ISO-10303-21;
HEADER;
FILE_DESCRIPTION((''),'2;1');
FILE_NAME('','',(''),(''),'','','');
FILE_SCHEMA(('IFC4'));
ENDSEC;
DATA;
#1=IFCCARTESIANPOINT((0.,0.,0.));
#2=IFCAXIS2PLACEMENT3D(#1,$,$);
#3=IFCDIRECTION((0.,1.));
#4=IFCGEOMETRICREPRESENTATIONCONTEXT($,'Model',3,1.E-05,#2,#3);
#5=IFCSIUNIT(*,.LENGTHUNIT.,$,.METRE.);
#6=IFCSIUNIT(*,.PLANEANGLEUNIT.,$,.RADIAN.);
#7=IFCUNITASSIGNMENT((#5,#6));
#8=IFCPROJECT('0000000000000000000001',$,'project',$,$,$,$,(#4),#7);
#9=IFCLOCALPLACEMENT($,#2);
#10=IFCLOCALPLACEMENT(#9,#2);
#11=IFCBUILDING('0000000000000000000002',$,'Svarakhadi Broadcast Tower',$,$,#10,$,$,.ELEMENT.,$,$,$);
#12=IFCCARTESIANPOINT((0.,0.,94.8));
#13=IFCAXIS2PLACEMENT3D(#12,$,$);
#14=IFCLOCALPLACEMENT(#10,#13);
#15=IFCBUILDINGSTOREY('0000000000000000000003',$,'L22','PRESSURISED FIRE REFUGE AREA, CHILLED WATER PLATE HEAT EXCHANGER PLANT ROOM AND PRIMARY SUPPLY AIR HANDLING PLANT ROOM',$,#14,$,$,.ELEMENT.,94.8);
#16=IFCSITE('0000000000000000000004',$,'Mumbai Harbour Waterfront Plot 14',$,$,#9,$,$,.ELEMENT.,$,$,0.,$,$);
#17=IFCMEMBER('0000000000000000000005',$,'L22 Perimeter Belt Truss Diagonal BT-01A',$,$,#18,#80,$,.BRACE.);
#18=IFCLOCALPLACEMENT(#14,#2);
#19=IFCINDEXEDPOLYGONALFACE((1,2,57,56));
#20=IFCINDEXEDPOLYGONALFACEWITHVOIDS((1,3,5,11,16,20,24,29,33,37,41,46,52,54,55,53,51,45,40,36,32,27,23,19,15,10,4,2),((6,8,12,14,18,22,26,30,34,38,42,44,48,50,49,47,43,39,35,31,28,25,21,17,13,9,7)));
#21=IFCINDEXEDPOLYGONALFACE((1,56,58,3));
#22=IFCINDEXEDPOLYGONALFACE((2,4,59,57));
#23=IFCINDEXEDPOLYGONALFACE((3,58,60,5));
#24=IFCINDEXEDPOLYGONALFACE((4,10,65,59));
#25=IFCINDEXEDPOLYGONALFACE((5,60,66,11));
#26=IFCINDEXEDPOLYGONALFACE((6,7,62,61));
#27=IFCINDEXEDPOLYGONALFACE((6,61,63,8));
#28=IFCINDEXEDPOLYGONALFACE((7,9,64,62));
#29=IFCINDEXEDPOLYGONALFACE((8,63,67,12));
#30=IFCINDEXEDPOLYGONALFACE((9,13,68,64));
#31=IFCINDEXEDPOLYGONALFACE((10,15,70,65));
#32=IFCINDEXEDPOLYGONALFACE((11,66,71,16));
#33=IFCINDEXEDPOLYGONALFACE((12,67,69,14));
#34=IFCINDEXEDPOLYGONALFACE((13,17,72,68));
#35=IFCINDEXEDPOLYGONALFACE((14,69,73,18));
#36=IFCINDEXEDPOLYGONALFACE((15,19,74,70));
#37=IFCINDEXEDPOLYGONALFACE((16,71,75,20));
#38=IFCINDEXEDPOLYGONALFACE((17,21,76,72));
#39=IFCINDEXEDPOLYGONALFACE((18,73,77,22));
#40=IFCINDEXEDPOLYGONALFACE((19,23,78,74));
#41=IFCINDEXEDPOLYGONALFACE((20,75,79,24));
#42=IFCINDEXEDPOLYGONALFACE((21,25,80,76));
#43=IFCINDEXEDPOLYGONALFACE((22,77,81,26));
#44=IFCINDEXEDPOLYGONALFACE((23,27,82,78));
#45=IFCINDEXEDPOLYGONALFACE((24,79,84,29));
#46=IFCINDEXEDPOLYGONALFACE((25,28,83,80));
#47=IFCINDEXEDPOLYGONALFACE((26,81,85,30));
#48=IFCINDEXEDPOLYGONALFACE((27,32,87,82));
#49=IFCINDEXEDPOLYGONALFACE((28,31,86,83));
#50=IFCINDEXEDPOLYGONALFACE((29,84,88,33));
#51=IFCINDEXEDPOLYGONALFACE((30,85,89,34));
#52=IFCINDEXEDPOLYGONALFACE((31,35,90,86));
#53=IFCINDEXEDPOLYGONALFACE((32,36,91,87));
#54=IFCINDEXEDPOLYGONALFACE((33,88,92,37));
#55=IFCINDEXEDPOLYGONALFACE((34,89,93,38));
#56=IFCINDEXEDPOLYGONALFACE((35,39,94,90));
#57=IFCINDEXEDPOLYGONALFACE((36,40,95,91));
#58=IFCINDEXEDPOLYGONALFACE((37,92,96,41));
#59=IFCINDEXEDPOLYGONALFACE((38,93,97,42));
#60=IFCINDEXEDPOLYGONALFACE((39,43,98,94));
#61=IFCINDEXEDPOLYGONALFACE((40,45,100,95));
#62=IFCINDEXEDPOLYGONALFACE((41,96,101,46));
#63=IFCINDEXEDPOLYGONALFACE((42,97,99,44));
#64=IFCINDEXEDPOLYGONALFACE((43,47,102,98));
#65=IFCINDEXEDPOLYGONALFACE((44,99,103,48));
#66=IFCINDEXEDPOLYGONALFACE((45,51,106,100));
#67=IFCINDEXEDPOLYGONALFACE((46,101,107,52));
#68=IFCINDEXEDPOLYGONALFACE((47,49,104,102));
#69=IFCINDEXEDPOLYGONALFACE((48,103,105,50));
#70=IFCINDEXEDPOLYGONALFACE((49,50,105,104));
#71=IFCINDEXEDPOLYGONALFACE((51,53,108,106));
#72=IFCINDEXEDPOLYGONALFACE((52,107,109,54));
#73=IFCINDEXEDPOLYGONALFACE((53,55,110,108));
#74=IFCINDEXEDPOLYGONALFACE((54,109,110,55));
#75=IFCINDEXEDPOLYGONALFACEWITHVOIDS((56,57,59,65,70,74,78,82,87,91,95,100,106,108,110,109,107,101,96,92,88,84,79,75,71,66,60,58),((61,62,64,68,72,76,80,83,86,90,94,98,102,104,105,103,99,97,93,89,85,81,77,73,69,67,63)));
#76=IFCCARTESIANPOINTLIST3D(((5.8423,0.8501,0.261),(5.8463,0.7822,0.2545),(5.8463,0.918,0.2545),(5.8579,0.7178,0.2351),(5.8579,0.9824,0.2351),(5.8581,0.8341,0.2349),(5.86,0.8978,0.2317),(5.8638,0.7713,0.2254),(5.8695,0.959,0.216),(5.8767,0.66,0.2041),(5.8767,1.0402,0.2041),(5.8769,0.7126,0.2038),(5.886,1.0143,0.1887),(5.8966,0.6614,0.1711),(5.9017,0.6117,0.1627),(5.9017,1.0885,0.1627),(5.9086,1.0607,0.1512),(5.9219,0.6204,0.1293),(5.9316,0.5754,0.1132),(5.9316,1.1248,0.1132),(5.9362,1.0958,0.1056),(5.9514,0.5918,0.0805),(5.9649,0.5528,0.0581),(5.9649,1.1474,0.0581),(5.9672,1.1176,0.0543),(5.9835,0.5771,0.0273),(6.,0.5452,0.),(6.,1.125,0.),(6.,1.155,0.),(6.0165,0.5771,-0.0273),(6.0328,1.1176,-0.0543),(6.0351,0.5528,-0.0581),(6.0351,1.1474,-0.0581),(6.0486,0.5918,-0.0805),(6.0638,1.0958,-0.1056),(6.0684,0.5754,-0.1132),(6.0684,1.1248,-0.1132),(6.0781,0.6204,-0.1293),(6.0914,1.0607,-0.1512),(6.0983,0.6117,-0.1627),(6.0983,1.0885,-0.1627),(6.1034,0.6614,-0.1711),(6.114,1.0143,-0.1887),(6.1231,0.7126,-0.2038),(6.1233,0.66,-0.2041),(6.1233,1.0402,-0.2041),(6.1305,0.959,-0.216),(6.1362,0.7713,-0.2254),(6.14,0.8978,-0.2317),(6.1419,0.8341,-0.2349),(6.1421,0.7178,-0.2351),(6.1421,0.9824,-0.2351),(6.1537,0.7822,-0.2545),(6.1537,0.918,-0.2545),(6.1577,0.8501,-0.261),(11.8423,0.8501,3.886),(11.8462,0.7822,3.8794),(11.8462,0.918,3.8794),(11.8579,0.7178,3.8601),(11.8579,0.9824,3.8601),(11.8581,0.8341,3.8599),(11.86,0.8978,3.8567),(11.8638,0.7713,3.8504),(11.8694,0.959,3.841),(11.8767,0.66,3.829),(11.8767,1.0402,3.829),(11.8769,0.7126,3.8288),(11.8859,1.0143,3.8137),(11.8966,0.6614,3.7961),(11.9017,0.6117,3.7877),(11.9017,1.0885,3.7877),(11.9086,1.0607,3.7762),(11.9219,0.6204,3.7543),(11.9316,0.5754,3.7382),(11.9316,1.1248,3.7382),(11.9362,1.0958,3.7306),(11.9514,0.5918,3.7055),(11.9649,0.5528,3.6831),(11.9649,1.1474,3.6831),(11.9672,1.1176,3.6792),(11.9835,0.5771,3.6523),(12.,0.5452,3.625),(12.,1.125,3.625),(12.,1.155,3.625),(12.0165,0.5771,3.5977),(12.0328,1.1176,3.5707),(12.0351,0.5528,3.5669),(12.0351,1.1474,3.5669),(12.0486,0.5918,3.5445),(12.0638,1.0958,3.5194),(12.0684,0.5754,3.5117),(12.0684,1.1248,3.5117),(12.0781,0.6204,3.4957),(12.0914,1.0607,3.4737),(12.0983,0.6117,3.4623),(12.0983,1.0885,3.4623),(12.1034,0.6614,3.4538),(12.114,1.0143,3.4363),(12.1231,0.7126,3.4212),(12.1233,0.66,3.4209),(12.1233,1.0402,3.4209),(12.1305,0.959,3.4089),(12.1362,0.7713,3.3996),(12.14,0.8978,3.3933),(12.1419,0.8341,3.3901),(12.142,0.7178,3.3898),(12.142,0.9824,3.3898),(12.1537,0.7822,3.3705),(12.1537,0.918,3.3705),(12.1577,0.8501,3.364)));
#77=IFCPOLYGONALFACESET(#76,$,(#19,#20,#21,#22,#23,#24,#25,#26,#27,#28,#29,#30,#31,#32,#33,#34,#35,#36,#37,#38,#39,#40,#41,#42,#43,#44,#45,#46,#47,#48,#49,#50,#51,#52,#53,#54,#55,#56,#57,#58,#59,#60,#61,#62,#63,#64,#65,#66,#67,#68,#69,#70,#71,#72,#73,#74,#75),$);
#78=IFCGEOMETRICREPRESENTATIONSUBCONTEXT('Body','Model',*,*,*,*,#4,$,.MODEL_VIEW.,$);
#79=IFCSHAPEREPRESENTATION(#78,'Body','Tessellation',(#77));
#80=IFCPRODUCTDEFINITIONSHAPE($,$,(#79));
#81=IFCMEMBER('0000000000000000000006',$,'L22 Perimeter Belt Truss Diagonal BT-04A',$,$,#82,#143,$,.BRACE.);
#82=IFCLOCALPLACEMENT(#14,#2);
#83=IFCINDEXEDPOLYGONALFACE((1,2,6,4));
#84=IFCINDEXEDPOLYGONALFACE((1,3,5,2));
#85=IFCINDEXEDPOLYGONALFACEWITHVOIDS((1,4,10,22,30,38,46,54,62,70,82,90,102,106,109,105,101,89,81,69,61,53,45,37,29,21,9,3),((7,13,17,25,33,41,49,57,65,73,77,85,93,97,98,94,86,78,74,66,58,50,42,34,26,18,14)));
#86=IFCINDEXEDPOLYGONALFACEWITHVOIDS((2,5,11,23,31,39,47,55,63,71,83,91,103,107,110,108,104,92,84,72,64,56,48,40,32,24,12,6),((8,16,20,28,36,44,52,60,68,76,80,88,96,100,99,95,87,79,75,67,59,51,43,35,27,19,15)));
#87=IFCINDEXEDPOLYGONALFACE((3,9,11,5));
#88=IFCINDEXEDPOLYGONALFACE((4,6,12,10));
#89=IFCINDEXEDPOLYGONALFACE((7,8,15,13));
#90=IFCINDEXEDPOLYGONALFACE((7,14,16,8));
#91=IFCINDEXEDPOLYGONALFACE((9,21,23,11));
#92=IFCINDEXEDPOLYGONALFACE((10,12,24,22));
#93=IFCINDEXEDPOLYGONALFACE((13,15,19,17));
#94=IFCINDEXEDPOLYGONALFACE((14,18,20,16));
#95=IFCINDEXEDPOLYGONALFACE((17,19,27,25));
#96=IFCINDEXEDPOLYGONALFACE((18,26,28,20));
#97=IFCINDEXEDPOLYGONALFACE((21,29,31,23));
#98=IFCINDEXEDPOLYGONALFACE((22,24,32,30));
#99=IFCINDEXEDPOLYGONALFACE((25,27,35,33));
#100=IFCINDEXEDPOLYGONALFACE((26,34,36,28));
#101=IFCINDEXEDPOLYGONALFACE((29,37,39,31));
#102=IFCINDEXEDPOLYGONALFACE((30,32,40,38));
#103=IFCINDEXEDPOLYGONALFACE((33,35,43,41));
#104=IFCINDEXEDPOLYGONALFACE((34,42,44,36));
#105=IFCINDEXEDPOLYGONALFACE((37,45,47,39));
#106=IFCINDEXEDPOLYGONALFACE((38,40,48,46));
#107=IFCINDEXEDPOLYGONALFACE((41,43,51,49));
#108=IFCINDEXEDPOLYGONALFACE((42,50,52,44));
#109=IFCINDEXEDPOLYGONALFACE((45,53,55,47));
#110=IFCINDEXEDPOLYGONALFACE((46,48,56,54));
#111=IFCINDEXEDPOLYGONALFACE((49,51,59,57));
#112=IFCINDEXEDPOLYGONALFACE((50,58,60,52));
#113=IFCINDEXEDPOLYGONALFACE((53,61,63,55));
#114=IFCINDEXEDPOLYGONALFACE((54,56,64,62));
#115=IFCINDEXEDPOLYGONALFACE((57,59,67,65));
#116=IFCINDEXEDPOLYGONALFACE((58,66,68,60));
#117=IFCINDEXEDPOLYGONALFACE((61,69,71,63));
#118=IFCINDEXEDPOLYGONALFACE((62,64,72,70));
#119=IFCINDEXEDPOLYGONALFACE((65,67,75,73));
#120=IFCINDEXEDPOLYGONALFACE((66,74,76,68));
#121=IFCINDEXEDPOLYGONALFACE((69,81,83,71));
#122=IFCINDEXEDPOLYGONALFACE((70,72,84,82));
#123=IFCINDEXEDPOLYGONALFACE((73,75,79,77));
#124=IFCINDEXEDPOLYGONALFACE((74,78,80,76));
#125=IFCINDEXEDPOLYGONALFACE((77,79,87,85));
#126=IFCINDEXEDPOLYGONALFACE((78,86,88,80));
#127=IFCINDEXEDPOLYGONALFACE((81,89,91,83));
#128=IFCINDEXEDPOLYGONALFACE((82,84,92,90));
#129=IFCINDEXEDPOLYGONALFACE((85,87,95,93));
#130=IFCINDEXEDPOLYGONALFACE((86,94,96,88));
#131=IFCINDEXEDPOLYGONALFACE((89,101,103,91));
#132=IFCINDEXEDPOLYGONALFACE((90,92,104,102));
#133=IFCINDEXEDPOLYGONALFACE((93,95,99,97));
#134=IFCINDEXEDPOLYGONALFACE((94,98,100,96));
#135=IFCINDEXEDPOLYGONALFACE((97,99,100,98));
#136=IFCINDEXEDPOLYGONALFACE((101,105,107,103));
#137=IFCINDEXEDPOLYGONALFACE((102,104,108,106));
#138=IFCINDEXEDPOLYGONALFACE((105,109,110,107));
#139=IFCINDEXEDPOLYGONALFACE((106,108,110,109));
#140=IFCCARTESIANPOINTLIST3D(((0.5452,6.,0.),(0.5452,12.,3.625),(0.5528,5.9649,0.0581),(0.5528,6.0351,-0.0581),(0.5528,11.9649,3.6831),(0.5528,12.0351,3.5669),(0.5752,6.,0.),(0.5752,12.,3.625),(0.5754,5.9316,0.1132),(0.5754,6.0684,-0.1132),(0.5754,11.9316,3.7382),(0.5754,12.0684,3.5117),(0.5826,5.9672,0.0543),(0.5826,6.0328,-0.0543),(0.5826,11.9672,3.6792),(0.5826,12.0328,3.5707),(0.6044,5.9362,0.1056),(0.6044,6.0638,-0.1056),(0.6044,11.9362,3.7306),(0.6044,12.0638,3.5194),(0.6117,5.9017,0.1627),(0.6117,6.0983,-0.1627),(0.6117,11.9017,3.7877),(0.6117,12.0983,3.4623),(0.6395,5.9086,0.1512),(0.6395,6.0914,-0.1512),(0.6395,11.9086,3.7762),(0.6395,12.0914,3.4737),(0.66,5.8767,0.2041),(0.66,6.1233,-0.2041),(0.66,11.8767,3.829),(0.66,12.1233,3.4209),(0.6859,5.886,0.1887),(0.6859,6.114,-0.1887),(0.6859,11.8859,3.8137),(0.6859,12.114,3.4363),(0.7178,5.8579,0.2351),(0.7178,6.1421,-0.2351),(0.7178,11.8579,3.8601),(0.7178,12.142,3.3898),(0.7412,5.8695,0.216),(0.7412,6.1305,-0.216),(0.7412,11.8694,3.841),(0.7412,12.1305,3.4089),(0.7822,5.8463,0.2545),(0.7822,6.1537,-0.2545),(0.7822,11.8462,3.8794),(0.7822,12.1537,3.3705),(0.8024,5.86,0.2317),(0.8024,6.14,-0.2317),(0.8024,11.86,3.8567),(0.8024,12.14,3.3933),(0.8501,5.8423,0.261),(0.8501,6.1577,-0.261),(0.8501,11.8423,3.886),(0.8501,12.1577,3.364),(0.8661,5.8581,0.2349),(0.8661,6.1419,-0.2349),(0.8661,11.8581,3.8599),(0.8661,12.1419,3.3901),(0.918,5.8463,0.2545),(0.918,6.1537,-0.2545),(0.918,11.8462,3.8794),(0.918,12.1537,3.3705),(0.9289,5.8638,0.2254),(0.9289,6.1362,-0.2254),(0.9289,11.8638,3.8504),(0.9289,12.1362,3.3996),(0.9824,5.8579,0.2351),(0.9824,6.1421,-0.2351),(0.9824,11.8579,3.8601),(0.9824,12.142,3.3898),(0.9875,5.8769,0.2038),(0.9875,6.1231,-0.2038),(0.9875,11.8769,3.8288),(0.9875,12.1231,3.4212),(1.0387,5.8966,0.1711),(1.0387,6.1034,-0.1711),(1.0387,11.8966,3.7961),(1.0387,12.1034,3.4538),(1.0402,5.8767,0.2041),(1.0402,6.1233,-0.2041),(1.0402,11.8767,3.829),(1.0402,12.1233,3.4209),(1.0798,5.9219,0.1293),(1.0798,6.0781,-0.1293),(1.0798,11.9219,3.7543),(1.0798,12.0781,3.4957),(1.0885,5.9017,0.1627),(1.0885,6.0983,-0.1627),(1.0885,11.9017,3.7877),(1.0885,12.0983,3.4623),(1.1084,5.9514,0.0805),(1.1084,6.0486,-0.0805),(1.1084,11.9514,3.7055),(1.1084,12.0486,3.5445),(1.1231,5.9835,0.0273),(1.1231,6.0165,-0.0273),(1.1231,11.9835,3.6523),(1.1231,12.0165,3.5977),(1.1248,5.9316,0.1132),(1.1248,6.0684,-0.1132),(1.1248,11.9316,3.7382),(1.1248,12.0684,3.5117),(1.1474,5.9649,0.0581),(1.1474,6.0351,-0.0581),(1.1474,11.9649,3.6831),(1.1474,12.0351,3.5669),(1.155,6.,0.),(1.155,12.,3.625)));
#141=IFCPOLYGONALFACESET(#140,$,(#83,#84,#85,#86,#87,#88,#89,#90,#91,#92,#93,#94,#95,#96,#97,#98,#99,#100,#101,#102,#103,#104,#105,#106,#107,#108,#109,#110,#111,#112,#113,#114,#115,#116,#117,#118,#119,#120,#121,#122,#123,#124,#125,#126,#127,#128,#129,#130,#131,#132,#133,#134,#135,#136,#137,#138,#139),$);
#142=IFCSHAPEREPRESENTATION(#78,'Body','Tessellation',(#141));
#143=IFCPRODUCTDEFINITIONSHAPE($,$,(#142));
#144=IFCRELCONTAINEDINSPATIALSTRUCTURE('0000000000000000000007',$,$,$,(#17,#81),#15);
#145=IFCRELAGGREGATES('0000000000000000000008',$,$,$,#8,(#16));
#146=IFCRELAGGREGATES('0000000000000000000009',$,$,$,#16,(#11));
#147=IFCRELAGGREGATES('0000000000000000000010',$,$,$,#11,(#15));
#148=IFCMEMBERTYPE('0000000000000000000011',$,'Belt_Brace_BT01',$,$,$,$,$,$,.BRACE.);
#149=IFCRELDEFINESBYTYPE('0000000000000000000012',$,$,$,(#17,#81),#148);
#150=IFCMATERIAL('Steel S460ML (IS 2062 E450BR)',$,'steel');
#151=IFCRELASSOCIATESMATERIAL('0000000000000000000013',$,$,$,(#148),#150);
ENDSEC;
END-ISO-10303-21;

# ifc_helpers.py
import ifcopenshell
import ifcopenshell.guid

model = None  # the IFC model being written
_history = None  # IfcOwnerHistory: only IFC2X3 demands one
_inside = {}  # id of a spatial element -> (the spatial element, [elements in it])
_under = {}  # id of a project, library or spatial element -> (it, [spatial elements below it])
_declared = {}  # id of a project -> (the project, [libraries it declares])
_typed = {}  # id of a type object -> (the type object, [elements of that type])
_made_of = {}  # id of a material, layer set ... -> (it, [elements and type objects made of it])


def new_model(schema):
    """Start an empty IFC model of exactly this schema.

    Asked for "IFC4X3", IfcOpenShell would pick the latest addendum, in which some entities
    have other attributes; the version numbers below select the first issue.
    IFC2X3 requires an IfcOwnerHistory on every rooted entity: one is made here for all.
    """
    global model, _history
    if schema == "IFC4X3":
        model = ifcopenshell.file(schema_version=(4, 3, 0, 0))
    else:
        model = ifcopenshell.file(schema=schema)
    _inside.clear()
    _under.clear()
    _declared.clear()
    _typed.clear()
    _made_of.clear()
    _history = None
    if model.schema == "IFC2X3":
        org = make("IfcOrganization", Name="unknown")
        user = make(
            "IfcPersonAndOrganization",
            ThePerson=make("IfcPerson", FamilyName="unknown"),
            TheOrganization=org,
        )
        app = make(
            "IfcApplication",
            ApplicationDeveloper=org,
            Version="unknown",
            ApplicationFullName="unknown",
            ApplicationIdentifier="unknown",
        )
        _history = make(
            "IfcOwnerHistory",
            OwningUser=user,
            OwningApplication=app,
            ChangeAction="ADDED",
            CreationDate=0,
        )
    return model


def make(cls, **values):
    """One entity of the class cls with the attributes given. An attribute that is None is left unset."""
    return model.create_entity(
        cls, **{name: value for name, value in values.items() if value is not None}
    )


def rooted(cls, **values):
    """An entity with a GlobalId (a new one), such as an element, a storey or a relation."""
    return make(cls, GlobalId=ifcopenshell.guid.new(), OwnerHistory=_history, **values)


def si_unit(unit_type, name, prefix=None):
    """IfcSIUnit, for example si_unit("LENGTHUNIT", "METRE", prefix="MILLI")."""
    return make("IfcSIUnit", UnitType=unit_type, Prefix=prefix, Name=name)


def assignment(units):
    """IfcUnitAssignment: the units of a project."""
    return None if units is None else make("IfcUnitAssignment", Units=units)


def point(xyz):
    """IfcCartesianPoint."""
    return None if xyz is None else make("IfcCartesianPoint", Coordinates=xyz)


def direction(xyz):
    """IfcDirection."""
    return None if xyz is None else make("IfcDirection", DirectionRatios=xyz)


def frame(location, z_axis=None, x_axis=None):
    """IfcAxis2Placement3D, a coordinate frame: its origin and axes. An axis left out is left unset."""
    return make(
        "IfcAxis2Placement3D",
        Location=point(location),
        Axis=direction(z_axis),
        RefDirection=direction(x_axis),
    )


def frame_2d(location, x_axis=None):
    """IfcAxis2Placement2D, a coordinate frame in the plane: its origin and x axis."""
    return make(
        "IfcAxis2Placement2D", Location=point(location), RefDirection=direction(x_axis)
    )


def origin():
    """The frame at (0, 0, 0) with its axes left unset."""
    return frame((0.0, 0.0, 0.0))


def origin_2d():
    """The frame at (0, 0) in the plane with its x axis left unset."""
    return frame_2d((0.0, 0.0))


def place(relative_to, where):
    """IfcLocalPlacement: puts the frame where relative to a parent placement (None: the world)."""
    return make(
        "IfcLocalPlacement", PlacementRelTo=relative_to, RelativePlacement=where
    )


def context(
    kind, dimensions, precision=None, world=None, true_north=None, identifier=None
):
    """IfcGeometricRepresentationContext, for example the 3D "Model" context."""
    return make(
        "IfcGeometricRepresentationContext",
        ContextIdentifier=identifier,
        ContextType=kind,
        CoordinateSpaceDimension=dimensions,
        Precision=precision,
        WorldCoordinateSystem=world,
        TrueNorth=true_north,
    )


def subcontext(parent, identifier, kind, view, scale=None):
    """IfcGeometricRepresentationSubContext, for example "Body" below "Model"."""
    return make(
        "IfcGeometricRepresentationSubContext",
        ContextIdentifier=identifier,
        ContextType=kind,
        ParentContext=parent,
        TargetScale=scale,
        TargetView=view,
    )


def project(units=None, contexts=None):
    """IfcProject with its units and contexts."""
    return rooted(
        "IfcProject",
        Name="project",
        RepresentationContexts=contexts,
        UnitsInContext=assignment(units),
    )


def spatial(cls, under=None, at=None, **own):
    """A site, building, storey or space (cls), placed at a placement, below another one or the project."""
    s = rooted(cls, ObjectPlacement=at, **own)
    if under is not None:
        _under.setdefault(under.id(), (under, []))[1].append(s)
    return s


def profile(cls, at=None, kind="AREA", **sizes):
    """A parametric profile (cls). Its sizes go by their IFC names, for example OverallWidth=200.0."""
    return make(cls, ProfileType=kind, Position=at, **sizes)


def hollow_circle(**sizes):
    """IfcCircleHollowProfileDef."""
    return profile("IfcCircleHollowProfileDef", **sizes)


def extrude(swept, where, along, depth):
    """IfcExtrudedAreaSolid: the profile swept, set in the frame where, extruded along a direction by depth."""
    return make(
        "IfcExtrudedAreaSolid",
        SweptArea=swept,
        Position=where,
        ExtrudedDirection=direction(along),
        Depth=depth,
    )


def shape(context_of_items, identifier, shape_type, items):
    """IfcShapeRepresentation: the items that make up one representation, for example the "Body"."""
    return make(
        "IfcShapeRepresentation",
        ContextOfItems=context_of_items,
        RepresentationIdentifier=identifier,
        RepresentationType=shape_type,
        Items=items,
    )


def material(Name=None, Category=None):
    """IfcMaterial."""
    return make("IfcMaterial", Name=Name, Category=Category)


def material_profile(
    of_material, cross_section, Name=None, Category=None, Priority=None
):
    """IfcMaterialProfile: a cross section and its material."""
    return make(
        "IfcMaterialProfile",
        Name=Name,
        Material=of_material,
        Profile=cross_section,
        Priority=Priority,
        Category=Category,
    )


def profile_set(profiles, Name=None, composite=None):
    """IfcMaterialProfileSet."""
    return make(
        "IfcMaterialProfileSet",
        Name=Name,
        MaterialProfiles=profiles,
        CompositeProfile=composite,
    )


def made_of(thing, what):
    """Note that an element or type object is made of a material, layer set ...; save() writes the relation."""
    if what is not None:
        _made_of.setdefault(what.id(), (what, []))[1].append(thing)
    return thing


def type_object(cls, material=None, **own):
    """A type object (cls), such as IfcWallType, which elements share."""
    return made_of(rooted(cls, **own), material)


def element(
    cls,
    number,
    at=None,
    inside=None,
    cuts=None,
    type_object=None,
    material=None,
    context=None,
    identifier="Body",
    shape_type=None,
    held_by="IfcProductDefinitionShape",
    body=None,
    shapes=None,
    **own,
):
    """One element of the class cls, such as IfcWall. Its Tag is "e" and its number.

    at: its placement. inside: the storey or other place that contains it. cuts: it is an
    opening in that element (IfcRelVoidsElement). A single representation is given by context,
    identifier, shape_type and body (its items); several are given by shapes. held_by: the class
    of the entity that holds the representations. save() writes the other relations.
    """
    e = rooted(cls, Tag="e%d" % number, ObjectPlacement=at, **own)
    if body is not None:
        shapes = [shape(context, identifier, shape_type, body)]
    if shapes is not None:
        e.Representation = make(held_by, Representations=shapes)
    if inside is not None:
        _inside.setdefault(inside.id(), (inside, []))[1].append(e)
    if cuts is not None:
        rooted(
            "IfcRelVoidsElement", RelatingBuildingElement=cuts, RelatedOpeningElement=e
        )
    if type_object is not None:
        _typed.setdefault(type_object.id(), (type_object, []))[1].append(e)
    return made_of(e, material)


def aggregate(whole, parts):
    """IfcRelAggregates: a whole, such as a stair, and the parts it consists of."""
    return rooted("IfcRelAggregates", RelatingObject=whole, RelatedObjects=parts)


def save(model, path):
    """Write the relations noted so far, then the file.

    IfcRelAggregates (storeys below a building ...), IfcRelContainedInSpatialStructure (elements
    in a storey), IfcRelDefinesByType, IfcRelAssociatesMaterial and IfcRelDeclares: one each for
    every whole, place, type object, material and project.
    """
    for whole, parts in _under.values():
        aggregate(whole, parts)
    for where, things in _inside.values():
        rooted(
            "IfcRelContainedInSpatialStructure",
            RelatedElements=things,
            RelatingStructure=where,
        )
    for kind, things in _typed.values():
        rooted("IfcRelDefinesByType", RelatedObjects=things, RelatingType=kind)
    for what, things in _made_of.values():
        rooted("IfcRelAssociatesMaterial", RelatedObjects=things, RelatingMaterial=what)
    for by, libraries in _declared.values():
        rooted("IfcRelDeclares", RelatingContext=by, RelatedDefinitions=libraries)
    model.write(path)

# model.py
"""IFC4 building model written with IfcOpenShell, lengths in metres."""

from ifc_helpers import new_model, si_unit, direction, frame, origin, origin_2d, place, context, subcontext, project, spatial, hollow_circle, extrude, material, material_profile, profile_set, type_object, element, save


model = new_model("IFC4")

# Units and contexts
model_context = context("Model", 3, precision=1e-05, world=origin(), true_north=direction((0.0, 1.0)))
body_context = subcontext(model_context, "Body", "Model", "MODEL_VIEW")
ifc_project = project(units=[si_unit("LENGTHUNIT", "METRE"), si_unit("PLANEANGLEUNIT", "RADIAN")], contexts=[model_context])

# Site, building, storey
site_placement = place(None, origin())
site = spatial("IfcSite", under=ifc_project, at=site_placement, Name="Mumbai Harbour Waterfront Plot 14", CompositionType="ELEMENT", RefElevation=0.0)
building_placement = place(site_placement, origin())
building = spatial("IfcBuilding", under=site, at=building_placement, Name="Svarakhadi Broadcast Tower", CompositionType="ELEMENT")
storey_placement = place(building_placement, frame((0.0, 0.0, 94.8)))
storey = spatial("IfcBuildingStorey", under=building, at=storey_placement, Name="L22", Description="PRESSURISED FIRE REFUGE AREA, CHILLED WATER PLATE HEAT EXCHANGER PLANT ROOM AND PRIMARY SUPPLY AIR HANDLING PLANT ROOM", CompositionType="ELEMENT", Elevation=94.8)

# Shared definitions
ifc_material_1 = material(Name="Steel S460ML (IS 2062 E450BR)", Category="steel")

# Members
ifc_material_profile_1 = material_profile(ifc_material_1, hollow_circle(Radius=0.3049, WallThickness=0.03, at=origin_2d()), Name="CHS 610x30")
ifc_profile_set_1 = profile_set([ifc_material_profile_1], Name="Steel S460ML (IS 2062 E450BR)")
member_type_1 = type_object("IfcMemberType", Name="Belt_Brace_BT01", PredefinedType="BRACE", material=ifc_profile_set_1)
for number, where, z_axis, x_axis, name in (
    (1, (6.0, 0.8501, 0.0), (0.855916, 0.0, 0.517116), (0.0, 1.0, 0.0), "L22 Perimeter Belt Truss Diagonal BT-01A"),
    (2, (0.8501, 6.0, 0.0), (0.0, 0.855916, 0.517116), (-1.0, 0.0, 0.0), "L22 Perimeter Belt Truss Diagonal BT-04A"),
):
    element("IfcMember", number, at=place(storey_placement, frame(where, z_axis=z_axis, x_axis=x_axis)), inside=storey, type_object=member_type_1, Name=name, PredefinedType="BRACE", context=body_context, shape_type="SweptSolid", body=[
        extrude(hollow_circle(Radius=0.3049, WallThickness=0.03, at=origin_2d()), origin(), (0.0, 0.0, 1.0), 7.01),
    ])

save(model, "model.ifc")
